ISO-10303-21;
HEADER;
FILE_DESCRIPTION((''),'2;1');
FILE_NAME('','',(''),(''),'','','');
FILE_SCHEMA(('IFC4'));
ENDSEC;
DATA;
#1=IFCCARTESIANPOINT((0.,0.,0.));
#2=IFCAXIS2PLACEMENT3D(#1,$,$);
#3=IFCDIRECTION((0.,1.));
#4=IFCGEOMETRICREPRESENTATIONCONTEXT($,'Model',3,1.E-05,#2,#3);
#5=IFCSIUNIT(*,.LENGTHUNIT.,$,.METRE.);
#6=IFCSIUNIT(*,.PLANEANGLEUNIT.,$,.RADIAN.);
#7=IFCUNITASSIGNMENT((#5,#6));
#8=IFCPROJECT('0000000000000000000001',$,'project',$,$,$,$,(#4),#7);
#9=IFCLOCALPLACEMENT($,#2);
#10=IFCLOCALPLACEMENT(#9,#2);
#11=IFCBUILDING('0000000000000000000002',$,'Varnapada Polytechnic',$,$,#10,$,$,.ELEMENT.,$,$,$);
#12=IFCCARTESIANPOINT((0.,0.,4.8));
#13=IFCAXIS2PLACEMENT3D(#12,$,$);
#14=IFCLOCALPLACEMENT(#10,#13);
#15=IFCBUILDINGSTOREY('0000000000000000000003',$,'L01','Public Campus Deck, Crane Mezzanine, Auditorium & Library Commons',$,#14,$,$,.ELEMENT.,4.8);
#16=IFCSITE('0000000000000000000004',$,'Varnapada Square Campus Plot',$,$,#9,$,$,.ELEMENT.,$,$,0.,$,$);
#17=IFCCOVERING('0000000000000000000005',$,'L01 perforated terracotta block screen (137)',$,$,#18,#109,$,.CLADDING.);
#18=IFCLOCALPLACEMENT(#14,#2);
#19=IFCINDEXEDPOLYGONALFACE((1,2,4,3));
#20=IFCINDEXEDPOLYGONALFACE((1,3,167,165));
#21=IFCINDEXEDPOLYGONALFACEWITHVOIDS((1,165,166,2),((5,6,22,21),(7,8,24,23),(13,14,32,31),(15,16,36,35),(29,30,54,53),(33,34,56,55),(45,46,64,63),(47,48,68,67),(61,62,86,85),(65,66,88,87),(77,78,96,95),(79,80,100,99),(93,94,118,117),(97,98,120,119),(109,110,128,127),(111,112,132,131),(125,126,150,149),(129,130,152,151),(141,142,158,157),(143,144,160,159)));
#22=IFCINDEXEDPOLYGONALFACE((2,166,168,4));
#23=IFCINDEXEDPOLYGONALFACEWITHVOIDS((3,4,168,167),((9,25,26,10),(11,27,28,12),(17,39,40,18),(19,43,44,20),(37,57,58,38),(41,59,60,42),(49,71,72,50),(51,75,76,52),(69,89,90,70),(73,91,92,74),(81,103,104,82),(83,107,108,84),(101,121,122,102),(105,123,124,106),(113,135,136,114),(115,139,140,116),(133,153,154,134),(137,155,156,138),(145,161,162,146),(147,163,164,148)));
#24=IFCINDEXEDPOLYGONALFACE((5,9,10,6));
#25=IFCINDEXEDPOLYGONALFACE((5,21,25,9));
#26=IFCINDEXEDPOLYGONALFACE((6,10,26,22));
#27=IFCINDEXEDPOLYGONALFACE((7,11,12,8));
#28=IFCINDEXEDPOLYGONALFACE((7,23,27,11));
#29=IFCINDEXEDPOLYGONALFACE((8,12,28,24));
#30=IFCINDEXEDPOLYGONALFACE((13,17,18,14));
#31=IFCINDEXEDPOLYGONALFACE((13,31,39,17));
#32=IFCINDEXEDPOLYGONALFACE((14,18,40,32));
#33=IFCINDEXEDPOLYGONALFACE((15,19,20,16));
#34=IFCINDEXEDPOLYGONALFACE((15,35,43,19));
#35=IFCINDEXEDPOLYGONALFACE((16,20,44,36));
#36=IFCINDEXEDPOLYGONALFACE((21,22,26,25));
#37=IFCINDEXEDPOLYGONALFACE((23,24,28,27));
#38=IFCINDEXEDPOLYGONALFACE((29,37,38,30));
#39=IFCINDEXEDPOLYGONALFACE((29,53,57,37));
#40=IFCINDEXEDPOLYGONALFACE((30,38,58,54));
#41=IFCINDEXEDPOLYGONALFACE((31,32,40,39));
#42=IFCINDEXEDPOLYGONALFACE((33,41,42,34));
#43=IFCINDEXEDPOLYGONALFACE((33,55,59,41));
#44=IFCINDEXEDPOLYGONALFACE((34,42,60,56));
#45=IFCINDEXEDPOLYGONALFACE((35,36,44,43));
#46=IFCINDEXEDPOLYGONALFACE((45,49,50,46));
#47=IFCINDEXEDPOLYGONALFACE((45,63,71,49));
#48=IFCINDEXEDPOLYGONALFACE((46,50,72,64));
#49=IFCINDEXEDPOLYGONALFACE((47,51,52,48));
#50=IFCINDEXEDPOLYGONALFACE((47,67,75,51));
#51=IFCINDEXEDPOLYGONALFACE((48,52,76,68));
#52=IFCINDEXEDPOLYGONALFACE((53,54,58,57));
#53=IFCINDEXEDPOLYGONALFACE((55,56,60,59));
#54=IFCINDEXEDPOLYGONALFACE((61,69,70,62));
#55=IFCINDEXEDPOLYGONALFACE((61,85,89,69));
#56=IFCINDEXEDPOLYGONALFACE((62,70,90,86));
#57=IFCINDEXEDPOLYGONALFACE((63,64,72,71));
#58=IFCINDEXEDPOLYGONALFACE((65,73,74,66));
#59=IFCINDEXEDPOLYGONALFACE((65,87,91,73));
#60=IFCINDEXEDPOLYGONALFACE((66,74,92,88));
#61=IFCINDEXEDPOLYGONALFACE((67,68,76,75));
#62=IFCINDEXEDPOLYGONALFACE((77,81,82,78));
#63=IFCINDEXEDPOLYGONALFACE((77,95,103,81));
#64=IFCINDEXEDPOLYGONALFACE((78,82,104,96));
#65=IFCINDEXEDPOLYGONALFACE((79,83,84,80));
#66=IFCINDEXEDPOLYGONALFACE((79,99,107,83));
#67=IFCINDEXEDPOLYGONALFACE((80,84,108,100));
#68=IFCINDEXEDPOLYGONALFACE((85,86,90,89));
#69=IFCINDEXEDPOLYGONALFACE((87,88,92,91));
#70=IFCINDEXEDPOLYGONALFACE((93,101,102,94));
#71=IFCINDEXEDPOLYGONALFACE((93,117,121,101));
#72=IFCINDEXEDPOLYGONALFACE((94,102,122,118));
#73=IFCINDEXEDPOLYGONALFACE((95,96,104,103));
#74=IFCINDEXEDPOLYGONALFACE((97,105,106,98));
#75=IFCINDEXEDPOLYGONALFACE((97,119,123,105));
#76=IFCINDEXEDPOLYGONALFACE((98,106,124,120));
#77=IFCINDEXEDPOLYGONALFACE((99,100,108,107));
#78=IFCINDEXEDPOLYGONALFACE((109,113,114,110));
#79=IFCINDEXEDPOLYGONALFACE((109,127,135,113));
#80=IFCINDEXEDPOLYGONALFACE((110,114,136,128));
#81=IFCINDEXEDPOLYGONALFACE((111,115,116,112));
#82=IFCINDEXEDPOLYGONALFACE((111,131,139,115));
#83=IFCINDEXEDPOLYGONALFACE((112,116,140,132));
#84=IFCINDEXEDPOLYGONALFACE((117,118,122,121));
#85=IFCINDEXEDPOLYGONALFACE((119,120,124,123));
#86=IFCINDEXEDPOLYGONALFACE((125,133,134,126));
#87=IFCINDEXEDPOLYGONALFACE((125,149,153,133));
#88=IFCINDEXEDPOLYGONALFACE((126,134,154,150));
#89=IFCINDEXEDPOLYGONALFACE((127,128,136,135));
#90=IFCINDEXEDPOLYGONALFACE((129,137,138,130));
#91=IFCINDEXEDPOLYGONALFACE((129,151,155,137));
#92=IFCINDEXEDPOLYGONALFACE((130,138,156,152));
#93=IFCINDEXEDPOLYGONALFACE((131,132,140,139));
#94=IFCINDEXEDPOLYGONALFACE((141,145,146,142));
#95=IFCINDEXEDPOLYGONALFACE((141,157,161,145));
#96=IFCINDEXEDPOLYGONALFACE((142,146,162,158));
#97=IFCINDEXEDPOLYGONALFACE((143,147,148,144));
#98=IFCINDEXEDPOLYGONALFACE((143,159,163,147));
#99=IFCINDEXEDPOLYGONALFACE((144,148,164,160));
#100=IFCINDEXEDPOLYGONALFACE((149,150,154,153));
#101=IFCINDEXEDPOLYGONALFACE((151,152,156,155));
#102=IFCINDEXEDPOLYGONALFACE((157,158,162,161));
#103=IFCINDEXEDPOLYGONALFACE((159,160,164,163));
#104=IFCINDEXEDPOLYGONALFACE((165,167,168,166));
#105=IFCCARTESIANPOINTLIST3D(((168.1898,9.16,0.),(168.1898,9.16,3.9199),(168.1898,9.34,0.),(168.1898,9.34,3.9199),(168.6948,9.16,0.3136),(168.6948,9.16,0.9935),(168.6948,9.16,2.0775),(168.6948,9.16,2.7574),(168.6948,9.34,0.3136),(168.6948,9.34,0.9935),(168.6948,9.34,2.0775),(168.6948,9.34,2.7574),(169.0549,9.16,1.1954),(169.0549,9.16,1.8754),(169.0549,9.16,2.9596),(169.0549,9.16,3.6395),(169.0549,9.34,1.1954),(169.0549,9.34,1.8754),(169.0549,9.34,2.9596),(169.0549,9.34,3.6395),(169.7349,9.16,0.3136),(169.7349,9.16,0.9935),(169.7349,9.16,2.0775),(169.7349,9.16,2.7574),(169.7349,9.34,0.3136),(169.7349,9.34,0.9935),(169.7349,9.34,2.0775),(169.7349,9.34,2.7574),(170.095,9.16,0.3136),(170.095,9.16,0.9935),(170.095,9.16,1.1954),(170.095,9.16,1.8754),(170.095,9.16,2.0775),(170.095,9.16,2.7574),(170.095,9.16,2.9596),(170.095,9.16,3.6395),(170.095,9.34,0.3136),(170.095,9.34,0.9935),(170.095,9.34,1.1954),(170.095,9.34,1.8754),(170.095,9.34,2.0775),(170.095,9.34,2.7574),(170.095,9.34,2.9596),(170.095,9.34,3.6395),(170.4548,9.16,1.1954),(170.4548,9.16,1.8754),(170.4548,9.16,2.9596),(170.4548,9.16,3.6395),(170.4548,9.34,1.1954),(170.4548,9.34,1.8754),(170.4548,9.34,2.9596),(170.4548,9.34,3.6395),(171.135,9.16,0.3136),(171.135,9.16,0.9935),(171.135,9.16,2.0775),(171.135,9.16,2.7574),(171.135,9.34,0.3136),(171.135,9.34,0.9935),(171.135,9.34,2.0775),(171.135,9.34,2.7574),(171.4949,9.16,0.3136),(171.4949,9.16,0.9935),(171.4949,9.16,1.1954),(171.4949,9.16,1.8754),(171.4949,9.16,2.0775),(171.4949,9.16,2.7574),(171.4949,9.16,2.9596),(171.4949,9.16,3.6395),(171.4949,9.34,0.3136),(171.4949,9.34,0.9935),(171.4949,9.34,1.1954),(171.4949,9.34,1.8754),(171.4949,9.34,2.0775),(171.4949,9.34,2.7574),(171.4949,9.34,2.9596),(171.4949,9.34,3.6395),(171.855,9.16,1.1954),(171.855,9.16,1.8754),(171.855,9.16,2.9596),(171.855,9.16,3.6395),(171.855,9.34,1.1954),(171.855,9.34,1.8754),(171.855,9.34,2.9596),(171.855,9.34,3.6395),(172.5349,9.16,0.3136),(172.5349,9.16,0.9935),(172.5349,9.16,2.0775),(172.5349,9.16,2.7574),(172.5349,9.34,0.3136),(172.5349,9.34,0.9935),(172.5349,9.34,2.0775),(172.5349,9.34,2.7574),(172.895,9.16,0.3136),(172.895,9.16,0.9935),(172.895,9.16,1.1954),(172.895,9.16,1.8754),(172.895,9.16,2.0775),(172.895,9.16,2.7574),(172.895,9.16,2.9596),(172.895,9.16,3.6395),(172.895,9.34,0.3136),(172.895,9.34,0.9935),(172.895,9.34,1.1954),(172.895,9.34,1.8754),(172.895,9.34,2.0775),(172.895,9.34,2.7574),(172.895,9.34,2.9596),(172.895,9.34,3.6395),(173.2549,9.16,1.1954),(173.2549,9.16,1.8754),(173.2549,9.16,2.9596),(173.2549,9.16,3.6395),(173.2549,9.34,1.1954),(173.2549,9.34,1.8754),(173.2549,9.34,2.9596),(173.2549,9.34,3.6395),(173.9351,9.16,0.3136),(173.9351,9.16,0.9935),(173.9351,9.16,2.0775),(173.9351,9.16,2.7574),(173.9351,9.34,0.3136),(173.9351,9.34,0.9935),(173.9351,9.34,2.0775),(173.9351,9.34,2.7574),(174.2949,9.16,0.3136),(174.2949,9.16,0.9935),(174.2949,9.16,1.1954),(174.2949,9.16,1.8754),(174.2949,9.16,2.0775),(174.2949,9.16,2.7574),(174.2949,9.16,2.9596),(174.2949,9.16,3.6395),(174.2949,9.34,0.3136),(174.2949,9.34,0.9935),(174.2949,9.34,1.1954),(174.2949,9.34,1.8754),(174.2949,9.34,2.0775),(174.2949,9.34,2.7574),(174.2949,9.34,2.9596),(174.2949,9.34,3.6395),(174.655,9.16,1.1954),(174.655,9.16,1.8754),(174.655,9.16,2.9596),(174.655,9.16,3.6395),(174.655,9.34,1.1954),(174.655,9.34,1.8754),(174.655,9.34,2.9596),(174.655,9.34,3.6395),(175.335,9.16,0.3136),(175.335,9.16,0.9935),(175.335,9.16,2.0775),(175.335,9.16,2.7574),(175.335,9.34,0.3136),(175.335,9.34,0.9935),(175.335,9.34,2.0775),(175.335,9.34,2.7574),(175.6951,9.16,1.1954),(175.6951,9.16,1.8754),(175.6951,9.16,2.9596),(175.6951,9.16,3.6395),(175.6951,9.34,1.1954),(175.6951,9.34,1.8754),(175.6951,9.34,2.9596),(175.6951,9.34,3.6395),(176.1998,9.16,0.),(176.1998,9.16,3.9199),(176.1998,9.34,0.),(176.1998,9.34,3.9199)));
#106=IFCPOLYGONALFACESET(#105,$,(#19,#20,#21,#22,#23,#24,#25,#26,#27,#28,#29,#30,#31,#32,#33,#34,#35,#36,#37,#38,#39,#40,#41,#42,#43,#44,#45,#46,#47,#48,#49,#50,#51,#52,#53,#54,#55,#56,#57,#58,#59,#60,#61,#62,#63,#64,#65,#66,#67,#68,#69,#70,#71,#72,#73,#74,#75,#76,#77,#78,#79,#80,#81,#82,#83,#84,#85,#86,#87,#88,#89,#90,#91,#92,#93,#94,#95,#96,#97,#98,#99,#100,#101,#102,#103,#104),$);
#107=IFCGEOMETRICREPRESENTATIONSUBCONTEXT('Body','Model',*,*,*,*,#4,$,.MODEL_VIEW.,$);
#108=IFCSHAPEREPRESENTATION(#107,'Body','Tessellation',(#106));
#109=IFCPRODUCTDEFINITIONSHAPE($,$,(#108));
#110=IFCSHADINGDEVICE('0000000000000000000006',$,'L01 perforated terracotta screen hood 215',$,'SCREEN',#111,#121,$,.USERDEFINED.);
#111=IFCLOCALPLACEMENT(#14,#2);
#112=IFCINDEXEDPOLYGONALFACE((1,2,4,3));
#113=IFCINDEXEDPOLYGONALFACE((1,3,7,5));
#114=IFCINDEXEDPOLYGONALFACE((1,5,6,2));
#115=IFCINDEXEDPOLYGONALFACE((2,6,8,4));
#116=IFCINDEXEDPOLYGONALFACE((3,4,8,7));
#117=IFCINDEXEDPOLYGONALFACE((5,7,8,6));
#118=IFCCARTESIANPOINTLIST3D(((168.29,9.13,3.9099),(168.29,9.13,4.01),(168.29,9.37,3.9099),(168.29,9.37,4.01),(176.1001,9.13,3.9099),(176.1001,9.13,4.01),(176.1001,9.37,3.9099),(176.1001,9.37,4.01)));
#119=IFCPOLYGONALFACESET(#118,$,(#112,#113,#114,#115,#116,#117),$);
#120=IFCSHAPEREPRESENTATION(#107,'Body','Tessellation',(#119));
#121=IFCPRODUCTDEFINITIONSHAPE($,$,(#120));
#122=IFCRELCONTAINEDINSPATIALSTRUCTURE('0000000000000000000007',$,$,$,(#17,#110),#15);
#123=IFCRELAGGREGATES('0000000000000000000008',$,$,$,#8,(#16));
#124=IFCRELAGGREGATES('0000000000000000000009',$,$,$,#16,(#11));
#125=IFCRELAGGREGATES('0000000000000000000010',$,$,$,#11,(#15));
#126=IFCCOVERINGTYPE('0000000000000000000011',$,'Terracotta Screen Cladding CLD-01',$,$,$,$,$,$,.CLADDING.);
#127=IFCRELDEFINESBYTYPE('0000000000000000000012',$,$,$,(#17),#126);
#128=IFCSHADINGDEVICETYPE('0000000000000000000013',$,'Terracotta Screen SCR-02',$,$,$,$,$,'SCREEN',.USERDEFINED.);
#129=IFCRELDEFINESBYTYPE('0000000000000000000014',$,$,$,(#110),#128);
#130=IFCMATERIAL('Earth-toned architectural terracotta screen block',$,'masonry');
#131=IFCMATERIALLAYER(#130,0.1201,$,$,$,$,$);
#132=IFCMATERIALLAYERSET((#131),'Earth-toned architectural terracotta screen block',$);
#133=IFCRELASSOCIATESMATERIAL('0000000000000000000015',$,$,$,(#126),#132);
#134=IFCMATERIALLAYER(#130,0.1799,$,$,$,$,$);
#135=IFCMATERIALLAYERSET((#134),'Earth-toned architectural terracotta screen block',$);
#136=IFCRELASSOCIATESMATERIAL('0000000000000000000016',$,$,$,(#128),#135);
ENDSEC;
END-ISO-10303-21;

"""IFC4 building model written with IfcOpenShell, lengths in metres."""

from ifc_helpers import new_model, si_unit, direction, frame, frame_2d, origin, origin_2d, place, context, subcontext, project, spatial, rectangle, extrude, material, layer, layer_set, type_object, element, save


model = new_model("IFC4")

# Units and contexts
model_context = context("Model", 3, precision=1e-05, world=origin(), true_north=direction((0.0, 1.0)))
body_context = subcontext(model_context, "Body", "Model", "MODEL_VIEW")
ifc_project = project(units=[si_unit("LENGTHUNIT", "METRE"), si_unit("PLANEANGLEUNIT", "RADIAN")], contexts=[model_context])

# Site, building, storey
site_placement = place(None, origin())
site = spatial("IfcSite", under=ifc_project, at=site_placement, Name="Varnapada Square Campus Plot", CompositionType="ELEMENT", RefElevation=0.0)
building_placement = place(site_placement, origin())
building = spatial("IfcBuilding", under=site, at=building_placement, Name="Varnapada Polytechnic", CompositionType="ELEMENT")
storey_placement = place(building_placement, frame((0.0, 0.0, 4.8)))
storey = spatial("IfcBuildingStorey", under=building, at=storey_placement, Name="L01", Description="Public Campus Deck, Crane Mezzanine, Auditorium & Library Commons", CompositionType="ELEMENT", Elevation=4.8)

# Covering, openings
ifc_material_1 = material(Name="Earth-toned architectural terracotta screen block", Category="masonry")
ifc_layer_1 = layer(ifc_material_1, 0.1201)
ifc_layer_set_1 = layer_set([ifc_layer_1], Name="Earth-toned architectural terracotta screen block")
covering_type = type_object("IfcCoveringType", Name="Terracotta Screen Cladding CLD-01", PredefinedType="CLADDING", material=ifc_layer_set_1)
covering_placement = place(storey_placement, frame((168.1899, 9.25, 0.0), z_axis=(0.0, 0.0, 1.0), x_axis=(1.0, 0.0, 0.0)))
covering = element("IfcCovering", 1, at=covering_placement, inside=storey, type_object=covering_type, Name="L01 perforated terracotta block screen (137)", PredefinedType="CLADDING", context=body_context, shape_type="SweptSolid", body=[
    extrude(rectangle(XDim=8.01, YDim=0.1799, at=frame_2d((4.0049, 0.0))), origin(), (0.0, 0.0, 1.0), 3.9199),
])
opening_1_placement = place(covering_placement, frame((0.5049, 0.0, 0.3137)))
element("IfcOpeningElement", 2, at=opening_1_placement, cuts=covering, PredefinedType="OPENING", context=body_context, shape_type="SweptSolid", body=[
    extrude(rectangle(XDim=1.04, YDim=0.6799, at=frame_2d((0.52, 0.3398))), frame((0.0, 0.0999, 0.0), z_axis=(0.0, -1.0, 0.0), x_axis=(1.0, 0.0, 0.0)), (0.0, 0.0, 1.0), 0.2),
])
opening_2_placement = place(covering_placement, frame((1.905, 0.0, 0.3137)))
element("IfcOpeningElement", 3, at=opening_2_placement, cuts=covering, PredefinedType="OPENING", context=body_context, shape_type="SweptSolid", body=[
    extrude(rectangle(XDim=1.04, YDim=0.6799, at=frame_2d((0.52, 0.3398))), frame((0.0, 0.0999, 0.0), z_axis=(0.0, -1.0, 0.0), x_axis=(1.0, 0.0, 0.0)), (0.0, 0.0, 1.0), 0.2),
])
opening_3_placement = place(covering_placement, frame((3.3049, 0.0, 0.3137)))
element("IfcOpeningElement", 4, at=opening_3_placement, cuts=covering, PredefinedType="OPENING", context=body_context, shape_type="SweptSolid", body=[
    extrude(rectangle(XDim=1.04, YDim=0.6799, at=frame_2d((0.52, 0.3398))), frame((0.0, 0.0999, 0.0), z_axis=(0.0, -1.0, 0.0), x_axis=(1.0, 0.0, 0.0)), (0.0, 0.0, 1.0), 0.2),
])
opening_4_placement = place(covering_placement, frame((4.7051, 0.0, 0.3137)))
element("IfcOpeningElement", 5, at=opening_4_placement, cuts=covering, PredefinedType="OPENING", context=body_context, shape_type="SweptSolid", body=[
    extrude(rectangle(XDim=1.04, YDim=0.6799, at=frame_2d((0.52, 0.3398))), frame((0.0, 0.0999, 0.0), z_axis=(0.0, -1.0, 0.0), x_axis=(1.0, 0.0, 0.0)), (0.0, 0.0, 1.0), 0.2),
])
opening_5_placement = place(covering_placement, frame((6.105, 0.0, 0.3137)))
element("IfcOpeningElement", 6, at=opening_5_placement, cuts=covering, PredefinedType="OPENING", context=body_context, shape_type="SweptSolid", body=[
    extrude(rectangle(XDim=1.04, YDim=0.6799, at=frame_2d((0.52, 0.3398))), frame((0.0, 0.0999, 0.0), z_axis=(0.0, -1.0, 0.0), x_axis=(1.0, 0.0, 0.0)), (0.0, 0.0, 1.0), 0.2),
])
opening_6_placement = place(covering_placement, frame((0.865, 0.0, 1.1956)))
element("IfcOpeningElement", 7, at=opening_6_placement, cuts=covering, PredefinedType="OPENING", context=body_context, shape_type="SweptSolid", body=[
    extrude(rectangle(XDim=1.04, YDim=0.6799, at=frame_2d((0.52, 0.3398))), frame((0.0, 0.0999, 0.0), z_axis=(0.0, -1.0, 0.0), x_axis=(1.0, 0.0, 0.0)), (0.0, 0.0, 1.0), 0.2),
])
opening_7_placement = place(covering_placement, frame((2.2649, 0.0, 1.1956)))
element("IfcOpeningElement", 8, at=opening_7_placement, cuts=covering, PredefinedType="OPENING", context=body_context, shape_type="SweptSolid", body=[
    extrude(rectangle(XDim=1.04, YDim=0.6799, at=frame_2d((0.52, 0.3398))), frame((0.0, 0.0999, 0.0), z_axis=(0.0, -1.0, 0.0), x_axis=(1.0, 0.0, 0.0)), (0.0, 0.0, 1.0), 0.2),
])
opening_8_placement = place(covering_placement, frame((3.665, 0.0, 1.1956)))
element("IfcOpeningElement", 9, at=opening_8_placement, cuts=covering, PredefinedType="OPENING", context=body_context, shape_type="SweptSolid", body=[
    extrude(rectangle(XDim=1.04, YDim=0.6799, at=frame_2d((0.52, 0.3398))), frame((0.0, 0.0999, 0.0), z_axis=(0.0, -1.0, 0.0), x_axis=(1.0, 0.0, 0.0)), (0.0, 0.0, 1.0), 0.2),
])
opening_9_placement = place(covering_placement, frame((5.0649, 0.0, 1.1956)))
element("IfcOpeningElement", 10, at=opening_9_placement, cuts=covering, PredefinedType="OPENING", context=body_context, shape_type="SweptSolid", body=[
    extrude(rectangle(XDim=1.04, YDim=0.6799, at=frame_2d((0.52, 0.3398))), frame((0.0, 0.0999, 0.0), z_axis=(0.0, -1.0, 0.0), x_axis=(1.0, 0.0, 0.0)), (0.0, 0.0, 1.0), 0.2),
])
opening_10_placement = place(covering_placement, frame((6.4651, 0.0, 1.1956)))
element("IfcOpeningElement", 11, at=opening_10_placement, cuts=covering, PredefinedType="OPENING", context=body_context, shape_type="SweptSolid", body=[
    extrude(rectangle(XDim=1.04, YDim=0.6799, at=frame_2d((0.52, 0.3398))), frame((0.0, 0.0999, 0.0), z_axis=(0.0, -1.0, 0.0), x_axis=(1.0, 0.0, 0.0)), (0.0, 0.0, 1.0), 0.2),
])
opening_11_placement = place(covering_placement, frame((0.5049, 0.0, 2.0776)))
element("IfcOpeningElement", 12, at=opening_11_placement, cuts=covering, PredefinedType="OPENING", context=body_context, shape_type="SweptSolid", body=[
    extrude(rectangle(XDim=1.04, YDim=0.6799, at=frame_2d((0.52, 0.3398))), frame((0.0, 0.0999, 0.0), z_axis=(0.0, -1.0, 0.0), x_axis=(1.0, 0.0, 0.0)), (0.0, 0.0, 1.0), 0.2),
])
opening_12_placement = place(covering_placement, frame((1.905, 0.0, 2.0776)))
element("IfcOpeningElement", 13, at=opening_12_placement, cuts=covering, PredefinedType="OPENING", context=body_context, shape_type="SweptSolid", body=[
    extrude(rectangle(XDim=1.04, YDim=0.6799, at=frame_2d((0.52, 0.3398))), frame((0.0, 0.0999, 0.0), z_axis=(0.0, -1.0, 0.0), x_axis=(1.0, 0.0, 0.0)), (0.0, 0.0, 1.0), 0.2),
])
opening_13_placement = place(covering_placement, frame((3.3049, 0.0, 2.0776)))
element("IfcOpeningElement", 14, at=opening_13_placement, cuts=covering, PredefinedType="OPENING", context=body_context, shape_type="SweptSolid", body=[
    extrude(rectangle(XDim=1.04, YDim=0.6799, at=frame_2d((0.52, 0.3398))), frame((0.0, 0.0999, 0.0), z_axis=(0.0, -1.0, 0.0), x_axis=(1.0, 0.0, 0.0)), (0.0, 0.0, 1.0), 0.2),
])
opening_14_placement = place(covering_placement, frame((4.7051, 0.0, 2.0776)))
element("IfcOpeningElement", 15, at=opening_14_placement, cuts=covering, PredefinedType="OPENING", context=body_context, shape_type="SweptSolid", body=[
    extrude(rectangle(XDim=1.04, YDim=0.6799, at=frame_2d((0.52, 0.3398))), frame((0.0, 0.0999, 0.0), z_axis=(0.0, -1.0, 0.0), x_axis=(1.0, 0.0, 0.0)), (0.0, 0.0, 1.0), 0.2),
])
opening_15_placement = place(covering_placement, frame((6.105, 0.0, 2.0776)))
element("IfcOpeningElement", 16, at=opening_15_placement, cuts=covering, PredefinedType="OPENING", context=body_context, shape_type="SweptSolid", body=[
    extrude(rectangle(XDim=1.04, YDim=0.6799, at=frame_2d((0.52, 0.3398))), frame((0.0, 0.0999, 0.0), z_axis=(0.0, -1.0, 0.0), x_axis=(1.0, 0.0, 0.0)), (0.0, 0.0, 1.0), 0.2),
])
opening_16_placement = place(covering_placement, frame((0.865, 0.0, 2.9597)))
element("IfcOpeningElement", 17, at=opening_16_placement, cuts=covering, PredefinedType="OPENING", context=body_context, shape_type="SweptSolid", body=[
    extrude(rectangle(XDim=1.04, YDim=0.6799, at=frame_2d((0.52, 0.3398))), frame((0.0, 0.0999, 0.0), z_axis=(0.0, -1.0, 0.0), x_axis=(1.0, 0.0, 0.0)), (0.0, 0.0, 1.0), 0.2),
])
opening_17_placement = place(covering_placement, frame((2.2649, 0.0, 2.9597)))
element("IfcOpeningElement", 18, at=opening_17_placement, cuts=covering, PredefinedType="OPENING", context=body_context, shape_type="SweptSolid", body=[
    extrude(rectangle(XDim=1.04, YDim=0.6799, at=frame_2d((0.52, 0.3398))), frame((0.0, 0.0999, 0.0), z_axis=(0.0, -1.0, 0.0), x_axis=(1.0, 0.0, 0.0)), (0.0, 0.0, 1.0), 0.2),
])
opening_18_placement = place(covering_placement, frame((3.665, 0.0, 2.9597)))
element("IfcOpeningElement", 19, at=opening_18_placement, cuts=covering, PredefinedType="OPENING", context=body_context, shape_type="SweptSolid", body=[
    extrude(rectangle(XDim=1.04, YDim=0.6799, at=frame_2d((0.52, 0.3398))), frame((0.0, 0.0999, 0.0), z_axis=(0.0, -1.0, 0.0), x_axis=(1.0, 0.0, 0.0)), (0.0, 0.0, 1.0), 0.2),
])
opening_19_placement = place(covering_placement, frame((5.0649, 0.0, 2.9597)))
element("IfcOpeningElement", 20, at=opening_19_placement, cuts=covering, PredefinedType="OPENING", context=body_context, shape_type="SweptSolid", body=[
    extrude(rectangle(XDim=1.04, YDim=0.6799, at=frame_2d((0.52, 0.3398))), frame((0.0, 0.0999, 0.0), z_axis=(0.0, -1.0, 0.0), x_axis=(1.0, 0.0, 0.0)), (0.0, 0.0, 1.0), 0.2),
])
opening_20_placement = place(covering_placement, frame((6.4651, 0.0, 2.9597)))
element("IfcOpeningElement", 21, at=opening_20_placement, cuts=covering, PredefinedType="OPENING", context=body_context, shape_type="SweptSolid", body=[
    extrude(rectangle(XDim=1.04, YDim=0.6799, at=frame_2d((0.52, 0.3398))), frame((0.0, 0.0999, 0.0), z_axis=(0.0, -1.0, 0.0), x_axis=(1.0, 0.0, 0.0)), (0.0, 0.0, 1.0), 0.2),
])

# Shading device
ifc_layer_2 = layer(ifc_material_1, 0.1799)
ifc_layer_set_2 = layer_set([ifc_layer_2], Name="Earth-toned architectural terracotta screen block")
shading_device_type = type_object("IfcShadingDeviceType", Name="Terracotta Screen SCR-02", ElementType="SCREEN", PredefinedType="USERDEFINED", material=ifc_layer_set_2)
shading_device_placement = place(storey_placement, frame((172.1951, 9.25, 3.9099), z_axis=(0.0, 0.0, 1.0), x_axis=(1.0, 0.0, 0.0)))
element("IfcShadingDevice", 22, at=shading_device_placement, inside=storey, type_object=shading_device_type, Name="L01 perforated terracotta screen hood 215", ObjectType="SCREEN", PredefinedType="USERDEFINED", context=body_context, shape_type="SweptSolid", body=[
    extrude(rectangle(XDim=7.8101, YDim=0.24, at=origin_2d()), origin(), (0.0, 0.0, 1.0), 0.1001),
])

save(model, "model.ifc")
